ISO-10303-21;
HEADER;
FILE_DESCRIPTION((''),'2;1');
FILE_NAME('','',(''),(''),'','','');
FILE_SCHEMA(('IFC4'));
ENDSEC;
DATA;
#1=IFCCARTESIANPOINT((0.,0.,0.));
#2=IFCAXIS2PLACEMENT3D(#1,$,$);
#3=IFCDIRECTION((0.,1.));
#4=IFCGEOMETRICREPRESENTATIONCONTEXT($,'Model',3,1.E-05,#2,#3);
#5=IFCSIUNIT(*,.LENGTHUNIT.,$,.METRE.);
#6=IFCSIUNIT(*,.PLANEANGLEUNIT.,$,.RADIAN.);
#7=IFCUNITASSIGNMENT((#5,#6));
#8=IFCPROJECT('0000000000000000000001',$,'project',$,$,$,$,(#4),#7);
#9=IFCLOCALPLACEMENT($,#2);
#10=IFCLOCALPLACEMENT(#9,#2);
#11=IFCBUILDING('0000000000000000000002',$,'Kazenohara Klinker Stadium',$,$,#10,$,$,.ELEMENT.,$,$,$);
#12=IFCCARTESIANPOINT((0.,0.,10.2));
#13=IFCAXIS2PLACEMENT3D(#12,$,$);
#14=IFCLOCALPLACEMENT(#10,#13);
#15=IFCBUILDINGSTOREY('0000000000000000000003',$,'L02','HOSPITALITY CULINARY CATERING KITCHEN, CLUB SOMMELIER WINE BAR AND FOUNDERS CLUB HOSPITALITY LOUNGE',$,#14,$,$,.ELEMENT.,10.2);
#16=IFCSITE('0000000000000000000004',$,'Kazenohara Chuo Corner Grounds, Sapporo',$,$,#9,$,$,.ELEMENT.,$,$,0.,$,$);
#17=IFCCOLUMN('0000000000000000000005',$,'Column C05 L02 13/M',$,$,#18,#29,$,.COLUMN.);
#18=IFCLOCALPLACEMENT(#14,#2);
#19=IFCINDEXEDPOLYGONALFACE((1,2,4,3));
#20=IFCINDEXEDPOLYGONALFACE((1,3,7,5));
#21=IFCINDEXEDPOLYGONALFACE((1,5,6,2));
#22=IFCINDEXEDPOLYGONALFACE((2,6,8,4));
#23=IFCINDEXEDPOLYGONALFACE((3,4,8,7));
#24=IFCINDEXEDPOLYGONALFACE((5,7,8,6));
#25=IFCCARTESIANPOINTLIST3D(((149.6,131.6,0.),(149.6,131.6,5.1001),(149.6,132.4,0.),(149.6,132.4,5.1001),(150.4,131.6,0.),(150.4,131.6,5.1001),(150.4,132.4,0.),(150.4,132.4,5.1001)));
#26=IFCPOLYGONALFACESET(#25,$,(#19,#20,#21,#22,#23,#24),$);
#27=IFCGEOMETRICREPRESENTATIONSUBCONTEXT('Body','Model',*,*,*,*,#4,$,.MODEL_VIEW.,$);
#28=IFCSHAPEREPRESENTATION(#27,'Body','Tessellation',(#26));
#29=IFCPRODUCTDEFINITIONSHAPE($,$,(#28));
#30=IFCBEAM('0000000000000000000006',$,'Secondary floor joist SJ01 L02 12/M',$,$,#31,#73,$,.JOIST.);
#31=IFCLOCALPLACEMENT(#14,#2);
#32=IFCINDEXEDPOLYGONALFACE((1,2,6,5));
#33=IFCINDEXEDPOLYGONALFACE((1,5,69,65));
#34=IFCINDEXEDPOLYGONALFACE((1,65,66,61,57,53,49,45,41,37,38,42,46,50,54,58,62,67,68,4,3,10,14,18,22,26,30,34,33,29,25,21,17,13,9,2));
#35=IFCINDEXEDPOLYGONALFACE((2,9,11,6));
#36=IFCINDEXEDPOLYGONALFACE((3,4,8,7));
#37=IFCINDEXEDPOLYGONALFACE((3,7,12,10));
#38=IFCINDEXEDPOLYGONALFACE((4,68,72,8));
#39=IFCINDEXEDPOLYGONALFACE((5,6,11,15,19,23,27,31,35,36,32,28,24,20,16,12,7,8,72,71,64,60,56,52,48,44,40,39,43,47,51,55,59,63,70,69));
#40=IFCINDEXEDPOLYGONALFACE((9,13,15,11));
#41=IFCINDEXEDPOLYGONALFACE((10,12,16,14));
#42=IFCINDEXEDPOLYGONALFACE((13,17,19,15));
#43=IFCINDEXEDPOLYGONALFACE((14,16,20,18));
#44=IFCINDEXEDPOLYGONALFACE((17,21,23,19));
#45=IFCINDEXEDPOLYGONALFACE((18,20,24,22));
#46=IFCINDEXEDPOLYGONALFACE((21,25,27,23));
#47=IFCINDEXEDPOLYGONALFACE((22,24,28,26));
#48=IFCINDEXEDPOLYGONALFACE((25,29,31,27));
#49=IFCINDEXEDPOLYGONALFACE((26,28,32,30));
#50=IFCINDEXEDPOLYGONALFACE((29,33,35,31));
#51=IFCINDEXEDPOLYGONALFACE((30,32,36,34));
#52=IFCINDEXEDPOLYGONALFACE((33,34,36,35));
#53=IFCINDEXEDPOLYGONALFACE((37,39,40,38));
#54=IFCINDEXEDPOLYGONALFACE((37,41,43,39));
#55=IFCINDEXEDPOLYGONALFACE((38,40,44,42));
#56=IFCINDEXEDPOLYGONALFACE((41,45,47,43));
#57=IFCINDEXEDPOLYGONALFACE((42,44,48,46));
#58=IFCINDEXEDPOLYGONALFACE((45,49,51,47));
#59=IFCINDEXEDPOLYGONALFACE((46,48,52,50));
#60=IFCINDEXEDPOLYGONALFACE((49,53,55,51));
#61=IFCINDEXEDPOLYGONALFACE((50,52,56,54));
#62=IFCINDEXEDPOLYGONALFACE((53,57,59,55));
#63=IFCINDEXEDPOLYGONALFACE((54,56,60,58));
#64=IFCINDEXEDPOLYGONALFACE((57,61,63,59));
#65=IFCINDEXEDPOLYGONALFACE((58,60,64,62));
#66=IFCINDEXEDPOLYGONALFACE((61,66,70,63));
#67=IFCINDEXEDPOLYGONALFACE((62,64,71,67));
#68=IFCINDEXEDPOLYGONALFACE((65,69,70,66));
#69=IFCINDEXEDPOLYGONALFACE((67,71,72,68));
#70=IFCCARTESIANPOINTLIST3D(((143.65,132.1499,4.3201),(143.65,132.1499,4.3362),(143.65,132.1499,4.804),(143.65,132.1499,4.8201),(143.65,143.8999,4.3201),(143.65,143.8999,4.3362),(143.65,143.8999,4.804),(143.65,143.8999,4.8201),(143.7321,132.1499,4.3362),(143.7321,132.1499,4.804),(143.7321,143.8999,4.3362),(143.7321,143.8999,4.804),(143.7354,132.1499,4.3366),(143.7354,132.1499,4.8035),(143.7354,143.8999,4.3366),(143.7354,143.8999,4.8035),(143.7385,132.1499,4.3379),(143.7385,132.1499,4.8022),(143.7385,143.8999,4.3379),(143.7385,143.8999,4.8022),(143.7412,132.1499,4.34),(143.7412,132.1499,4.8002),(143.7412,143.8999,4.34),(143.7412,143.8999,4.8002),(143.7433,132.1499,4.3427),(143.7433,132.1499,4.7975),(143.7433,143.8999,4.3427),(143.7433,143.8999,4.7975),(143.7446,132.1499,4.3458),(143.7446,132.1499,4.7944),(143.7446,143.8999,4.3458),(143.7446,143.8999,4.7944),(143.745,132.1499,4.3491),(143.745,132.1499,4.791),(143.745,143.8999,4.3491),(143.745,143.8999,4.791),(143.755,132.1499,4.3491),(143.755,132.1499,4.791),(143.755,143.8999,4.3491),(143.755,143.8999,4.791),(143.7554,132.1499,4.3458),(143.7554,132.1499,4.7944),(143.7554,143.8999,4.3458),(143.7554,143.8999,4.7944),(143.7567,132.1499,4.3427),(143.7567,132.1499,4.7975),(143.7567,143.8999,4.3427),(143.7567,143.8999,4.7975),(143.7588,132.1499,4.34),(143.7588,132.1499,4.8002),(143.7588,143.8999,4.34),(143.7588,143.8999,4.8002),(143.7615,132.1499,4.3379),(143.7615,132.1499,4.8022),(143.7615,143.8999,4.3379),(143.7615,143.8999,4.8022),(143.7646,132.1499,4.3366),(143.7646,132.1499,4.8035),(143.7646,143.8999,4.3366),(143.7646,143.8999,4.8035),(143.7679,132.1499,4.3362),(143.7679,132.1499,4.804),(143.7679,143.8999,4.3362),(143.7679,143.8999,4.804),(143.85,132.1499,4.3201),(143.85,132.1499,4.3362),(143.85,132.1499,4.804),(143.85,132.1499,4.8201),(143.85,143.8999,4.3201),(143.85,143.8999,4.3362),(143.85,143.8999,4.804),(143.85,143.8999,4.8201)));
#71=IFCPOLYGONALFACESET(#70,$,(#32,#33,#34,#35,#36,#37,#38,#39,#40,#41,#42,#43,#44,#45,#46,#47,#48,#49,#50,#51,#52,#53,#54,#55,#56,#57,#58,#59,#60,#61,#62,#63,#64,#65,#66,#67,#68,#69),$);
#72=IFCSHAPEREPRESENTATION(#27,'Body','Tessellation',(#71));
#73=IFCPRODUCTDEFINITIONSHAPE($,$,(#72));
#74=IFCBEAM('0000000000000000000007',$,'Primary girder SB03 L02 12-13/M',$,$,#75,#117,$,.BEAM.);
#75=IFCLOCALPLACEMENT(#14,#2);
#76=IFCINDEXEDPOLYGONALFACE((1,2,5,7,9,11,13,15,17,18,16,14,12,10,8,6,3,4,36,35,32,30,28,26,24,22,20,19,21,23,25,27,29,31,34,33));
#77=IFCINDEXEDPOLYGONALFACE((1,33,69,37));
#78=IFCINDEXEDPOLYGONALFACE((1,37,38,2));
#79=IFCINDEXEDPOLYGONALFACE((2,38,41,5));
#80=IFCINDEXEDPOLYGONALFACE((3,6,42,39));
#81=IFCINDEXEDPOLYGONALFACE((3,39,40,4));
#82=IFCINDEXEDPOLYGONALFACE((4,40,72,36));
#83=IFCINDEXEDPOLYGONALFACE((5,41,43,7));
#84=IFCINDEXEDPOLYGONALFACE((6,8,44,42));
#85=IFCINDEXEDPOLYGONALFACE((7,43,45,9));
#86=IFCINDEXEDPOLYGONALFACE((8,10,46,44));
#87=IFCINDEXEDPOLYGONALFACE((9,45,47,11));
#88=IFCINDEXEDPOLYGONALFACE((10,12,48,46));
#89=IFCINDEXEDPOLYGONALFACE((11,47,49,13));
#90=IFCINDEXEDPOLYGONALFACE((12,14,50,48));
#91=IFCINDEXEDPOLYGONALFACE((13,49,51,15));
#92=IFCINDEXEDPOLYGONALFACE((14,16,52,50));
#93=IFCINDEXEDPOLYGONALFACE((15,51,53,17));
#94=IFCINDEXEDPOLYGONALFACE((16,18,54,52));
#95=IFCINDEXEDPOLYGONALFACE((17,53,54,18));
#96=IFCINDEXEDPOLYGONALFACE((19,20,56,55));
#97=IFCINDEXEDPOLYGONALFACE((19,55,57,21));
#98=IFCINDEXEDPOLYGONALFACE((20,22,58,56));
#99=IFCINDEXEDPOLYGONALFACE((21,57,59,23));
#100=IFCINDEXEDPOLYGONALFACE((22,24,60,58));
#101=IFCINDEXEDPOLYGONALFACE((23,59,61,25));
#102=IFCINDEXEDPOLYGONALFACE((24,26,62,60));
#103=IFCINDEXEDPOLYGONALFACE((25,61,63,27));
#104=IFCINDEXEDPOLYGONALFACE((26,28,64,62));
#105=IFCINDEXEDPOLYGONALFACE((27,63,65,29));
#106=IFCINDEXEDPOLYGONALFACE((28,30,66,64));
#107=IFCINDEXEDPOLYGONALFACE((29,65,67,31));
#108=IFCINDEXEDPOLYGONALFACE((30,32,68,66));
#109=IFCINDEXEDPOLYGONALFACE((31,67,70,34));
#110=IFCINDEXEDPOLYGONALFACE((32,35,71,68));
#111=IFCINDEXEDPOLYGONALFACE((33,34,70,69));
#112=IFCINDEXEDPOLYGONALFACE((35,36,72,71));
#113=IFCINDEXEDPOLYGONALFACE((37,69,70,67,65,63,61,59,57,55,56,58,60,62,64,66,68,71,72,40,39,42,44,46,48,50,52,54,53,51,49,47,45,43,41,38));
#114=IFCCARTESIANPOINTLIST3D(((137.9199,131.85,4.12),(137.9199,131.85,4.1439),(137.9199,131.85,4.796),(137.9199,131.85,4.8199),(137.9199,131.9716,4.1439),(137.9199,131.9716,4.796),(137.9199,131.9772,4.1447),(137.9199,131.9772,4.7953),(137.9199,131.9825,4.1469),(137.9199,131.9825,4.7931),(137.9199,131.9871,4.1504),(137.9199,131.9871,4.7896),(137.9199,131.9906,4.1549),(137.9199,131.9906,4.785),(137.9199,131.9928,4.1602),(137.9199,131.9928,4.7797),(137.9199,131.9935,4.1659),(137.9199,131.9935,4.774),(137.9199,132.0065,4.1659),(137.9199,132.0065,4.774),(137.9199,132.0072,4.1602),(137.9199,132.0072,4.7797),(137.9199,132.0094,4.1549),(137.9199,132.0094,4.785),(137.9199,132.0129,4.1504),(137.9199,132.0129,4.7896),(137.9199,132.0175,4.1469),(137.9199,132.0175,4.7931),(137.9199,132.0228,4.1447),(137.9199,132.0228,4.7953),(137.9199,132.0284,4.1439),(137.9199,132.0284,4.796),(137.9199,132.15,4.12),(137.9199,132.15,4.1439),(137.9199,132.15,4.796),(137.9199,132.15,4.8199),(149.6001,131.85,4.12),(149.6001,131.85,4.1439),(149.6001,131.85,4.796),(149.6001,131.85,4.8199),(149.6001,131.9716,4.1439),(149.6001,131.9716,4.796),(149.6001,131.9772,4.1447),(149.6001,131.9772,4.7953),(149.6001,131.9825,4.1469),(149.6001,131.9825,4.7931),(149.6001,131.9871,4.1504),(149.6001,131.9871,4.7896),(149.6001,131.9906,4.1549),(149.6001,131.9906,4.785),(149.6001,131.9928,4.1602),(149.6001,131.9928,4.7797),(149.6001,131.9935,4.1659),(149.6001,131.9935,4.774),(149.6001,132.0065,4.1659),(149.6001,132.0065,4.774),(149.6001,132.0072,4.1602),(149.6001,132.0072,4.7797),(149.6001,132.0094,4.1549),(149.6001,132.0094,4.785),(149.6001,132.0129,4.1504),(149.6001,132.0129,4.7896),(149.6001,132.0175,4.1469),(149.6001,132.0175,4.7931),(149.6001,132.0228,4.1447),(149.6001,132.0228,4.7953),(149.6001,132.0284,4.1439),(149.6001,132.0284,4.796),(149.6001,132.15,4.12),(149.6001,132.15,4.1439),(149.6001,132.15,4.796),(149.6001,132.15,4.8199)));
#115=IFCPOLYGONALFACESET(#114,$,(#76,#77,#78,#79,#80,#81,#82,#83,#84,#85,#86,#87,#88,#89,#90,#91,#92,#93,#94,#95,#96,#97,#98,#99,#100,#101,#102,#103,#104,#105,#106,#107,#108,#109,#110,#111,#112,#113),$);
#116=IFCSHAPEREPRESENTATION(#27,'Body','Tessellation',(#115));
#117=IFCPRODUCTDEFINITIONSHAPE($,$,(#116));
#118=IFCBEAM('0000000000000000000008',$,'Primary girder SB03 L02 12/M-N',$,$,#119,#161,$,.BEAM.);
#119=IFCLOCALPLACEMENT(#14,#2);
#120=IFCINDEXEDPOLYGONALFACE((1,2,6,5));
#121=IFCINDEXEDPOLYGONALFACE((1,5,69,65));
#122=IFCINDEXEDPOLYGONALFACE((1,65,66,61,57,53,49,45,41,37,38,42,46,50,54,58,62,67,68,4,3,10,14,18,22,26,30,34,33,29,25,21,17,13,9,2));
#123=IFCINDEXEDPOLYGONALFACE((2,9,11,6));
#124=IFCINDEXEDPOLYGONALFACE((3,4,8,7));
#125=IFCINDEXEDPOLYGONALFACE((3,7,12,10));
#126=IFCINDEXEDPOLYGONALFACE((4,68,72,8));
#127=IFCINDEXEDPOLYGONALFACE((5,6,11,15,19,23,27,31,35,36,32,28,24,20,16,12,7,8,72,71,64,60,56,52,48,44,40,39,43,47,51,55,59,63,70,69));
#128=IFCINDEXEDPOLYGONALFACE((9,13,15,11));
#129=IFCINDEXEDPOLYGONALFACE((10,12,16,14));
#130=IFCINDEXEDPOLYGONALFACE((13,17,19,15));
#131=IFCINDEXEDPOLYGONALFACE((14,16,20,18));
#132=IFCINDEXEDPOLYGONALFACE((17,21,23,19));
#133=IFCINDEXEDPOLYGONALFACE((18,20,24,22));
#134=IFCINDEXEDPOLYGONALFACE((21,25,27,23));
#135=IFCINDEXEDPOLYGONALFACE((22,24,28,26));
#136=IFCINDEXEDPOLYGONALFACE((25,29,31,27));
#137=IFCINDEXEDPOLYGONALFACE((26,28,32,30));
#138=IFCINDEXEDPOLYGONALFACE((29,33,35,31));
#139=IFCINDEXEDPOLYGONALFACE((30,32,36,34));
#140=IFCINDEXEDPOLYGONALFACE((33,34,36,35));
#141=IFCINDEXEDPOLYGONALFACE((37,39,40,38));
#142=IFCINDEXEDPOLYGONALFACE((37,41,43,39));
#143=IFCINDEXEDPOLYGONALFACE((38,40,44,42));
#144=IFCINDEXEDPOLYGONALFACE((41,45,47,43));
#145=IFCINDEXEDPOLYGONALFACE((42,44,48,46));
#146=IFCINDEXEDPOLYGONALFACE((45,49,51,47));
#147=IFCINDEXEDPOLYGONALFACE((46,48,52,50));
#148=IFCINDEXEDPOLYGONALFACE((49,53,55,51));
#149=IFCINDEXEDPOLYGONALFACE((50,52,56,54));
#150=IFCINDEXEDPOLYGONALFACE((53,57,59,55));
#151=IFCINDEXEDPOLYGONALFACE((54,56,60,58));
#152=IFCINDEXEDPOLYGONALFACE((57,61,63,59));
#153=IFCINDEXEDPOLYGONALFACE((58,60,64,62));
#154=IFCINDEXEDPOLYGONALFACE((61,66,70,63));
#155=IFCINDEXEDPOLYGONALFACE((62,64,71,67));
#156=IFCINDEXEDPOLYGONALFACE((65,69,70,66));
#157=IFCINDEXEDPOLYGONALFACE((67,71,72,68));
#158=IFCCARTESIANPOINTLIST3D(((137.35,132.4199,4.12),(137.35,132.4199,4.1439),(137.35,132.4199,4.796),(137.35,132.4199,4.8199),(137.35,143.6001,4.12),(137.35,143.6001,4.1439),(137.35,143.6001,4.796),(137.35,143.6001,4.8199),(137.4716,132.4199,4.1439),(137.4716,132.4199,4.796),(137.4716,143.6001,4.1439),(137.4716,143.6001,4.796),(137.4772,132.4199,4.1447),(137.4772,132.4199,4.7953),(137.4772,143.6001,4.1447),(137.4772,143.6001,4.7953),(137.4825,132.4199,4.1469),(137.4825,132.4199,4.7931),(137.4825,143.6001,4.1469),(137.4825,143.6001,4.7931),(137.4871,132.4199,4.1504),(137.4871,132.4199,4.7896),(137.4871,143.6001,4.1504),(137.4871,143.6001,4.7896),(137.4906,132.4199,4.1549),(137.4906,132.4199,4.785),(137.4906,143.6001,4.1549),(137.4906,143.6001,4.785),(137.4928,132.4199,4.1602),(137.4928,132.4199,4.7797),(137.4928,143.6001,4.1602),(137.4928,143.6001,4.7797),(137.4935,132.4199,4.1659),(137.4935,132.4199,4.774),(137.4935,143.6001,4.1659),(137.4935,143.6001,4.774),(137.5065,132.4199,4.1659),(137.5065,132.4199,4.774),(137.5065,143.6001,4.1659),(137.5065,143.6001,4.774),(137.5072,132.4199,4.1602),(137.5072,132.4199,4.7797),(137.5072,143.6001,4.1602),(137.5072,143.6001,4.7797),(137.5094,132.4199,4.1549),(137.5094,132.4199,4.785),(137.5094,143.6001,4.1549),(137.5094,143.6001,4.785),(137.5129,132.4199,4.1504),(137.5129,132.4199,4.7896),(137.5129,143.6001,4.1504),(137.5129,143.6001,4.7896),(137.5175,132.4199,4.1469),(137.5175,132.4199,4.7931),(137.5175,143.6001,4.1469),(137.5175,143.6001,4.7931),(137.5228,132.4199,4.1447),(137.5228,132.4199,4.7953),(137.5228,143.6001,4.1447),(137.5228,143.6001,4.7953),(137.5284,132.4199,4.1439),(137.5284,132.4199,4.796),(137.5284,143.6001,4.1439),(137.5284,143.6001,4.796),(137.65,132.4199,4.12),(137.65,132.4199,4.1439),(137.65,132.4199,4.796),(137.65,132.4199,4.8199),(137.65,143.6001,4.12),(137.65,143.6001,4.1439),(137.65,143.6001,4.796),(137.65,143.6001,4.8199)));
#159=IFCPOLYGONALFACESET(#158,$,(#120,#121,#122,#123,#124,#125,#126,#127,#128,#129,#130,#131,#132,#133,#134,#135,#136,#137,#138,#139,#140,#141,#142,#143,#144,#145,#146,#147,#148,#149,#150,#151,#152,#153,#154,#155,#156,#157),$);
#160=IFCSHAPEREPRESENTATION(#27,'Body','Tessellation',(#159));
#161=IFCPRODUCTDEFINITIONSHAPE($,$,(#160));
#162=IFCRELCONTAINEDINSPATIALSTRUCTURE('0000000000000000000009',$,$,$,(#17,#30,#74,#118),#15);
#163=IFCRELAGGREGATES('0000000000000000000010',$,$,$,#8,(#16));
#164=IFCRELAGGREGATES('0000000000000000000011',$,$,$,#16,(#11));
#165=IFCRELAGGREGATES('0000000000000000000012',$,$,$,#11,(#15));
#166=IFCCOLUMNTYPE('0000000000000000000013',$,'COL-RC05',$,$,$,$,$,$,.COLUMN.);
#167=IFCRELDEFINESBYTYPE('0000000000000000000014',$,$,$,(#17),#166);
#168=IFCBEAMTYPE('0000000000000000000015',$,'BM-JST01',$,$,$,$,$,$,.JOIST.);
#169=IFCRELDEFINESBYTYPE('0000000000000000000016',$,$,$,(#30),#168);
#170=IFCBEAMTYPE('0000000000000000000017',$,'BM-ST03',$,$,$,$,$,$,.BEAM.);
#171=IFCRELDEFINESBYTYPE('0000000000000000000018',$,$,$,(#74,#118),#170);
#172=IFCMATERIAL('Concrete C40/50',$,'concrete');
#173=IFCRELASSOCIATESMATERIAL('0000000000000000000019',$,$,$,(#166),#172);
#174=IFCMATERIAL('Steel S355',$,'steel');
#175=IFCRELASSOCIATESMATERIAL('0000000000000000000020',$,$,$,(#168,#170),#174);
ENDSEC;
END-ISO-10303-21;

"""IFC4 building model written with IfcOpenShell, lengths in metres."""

from ifc_helpers import new_model, si_unit, direction, frame, origin, origin_2d, place, context, subcontext, project, spatial, rectangle, i_section, extrude, material, material_profile, profile_set, type_object, element, save


model = new_model("IFC4")

# Units and contexts
model_context = context("Model", 3, precision=1e-05, world=origin(), true_north=direction((0.0, 1.0)))
body_context = subcontext(model_context, "Body", "Model", "MODEL_VIEW")
ifc_project = project(units=[si_unit("LENGTHUNIT", "METRE"), si_unit("PLANEANGLEUNIT", "RADIAN")], contexts=[model_context])

# Site, building, storey
site_placement = place(None, origin())
site = spatial("IfcSite", under=ifc_project, at=site_placement, Name="Kazenohara Chuo Corner Grounds, Sapporo", CompositionType="ELEMENT", RefElevation=0.0)
building_placement = place(site_placement, origin())
building = spatial("IfcBuilding", under=site, at=building_placement, Name="Kazenohara Klinker Stadium", CompositionType="ELEMENT")
storey_placement = place(building_placement, frame((0.0, 0.0, 10.2)))
storey = spatial("IfcBuildingStorey", under=building, at=storey_placement, Name="L02", Description="HOSPITALITY CULINARY CATERING KITCHEN, CLUB SOMMELIER WINE BAR AND FOUNDERS CLUB HOSPITALITY LOUNGE", CompositionType="ELEMENT", Elevation=10.2)

# Column
ifc_material_1 = material(Name="Concrete C40/50", Category="concrete")
ifc_material_profile_1 = material_profile(ifc_material_1, rectangle(XDim=0.8, YDim=0.8, at=origin_2d()), Name="RC-COL-800x800")
ifc_profile_set_1 = profile_set([ifc_material_profile_1], Name="Concrete C40/50")
column_type = type_object("IfcColumnType", Name="COL-RC05", PredefinedType="COLUMN", material=ifc_profile_set_1)
column_placement = place(storey_placement, frame((150.0, 132.0, 0.0), z_axis=(0.0, 0.0, 1.0), x_axis=(1.0, 0.0, 0.0)))
element("IfcColumn", 1, at=column_placement, inside=storey, type_object=column_type, Name="Column C05 L02 13/M", PredefinedType="COLUMN", context=body_context, shape_type="SweptSolid", body=[
    extrude(rectangle(XDim=0.8, YDim=0.8, at=origin_2d()), origin(), (0.0, 0.0, 1.0), 5.1001),
])

# Beams
ifc_material_2 = material(Name="Steel S355", Category="steel")
ifc_material_profile_2 = material_profile(ifc_material_2, i_section(OverallWidth=0.2, OverallDepth=0.5, WebThickness=0.01, FlangeThickness=0.0161, FilletRadius=0.0129, at=origin_2d()), Name="H-500x200x10x16")
ifc_profile_set_2 = profile_set([ifc_material_profile_2], Name="Steel S355")
beam_type_1 = type_object("IfcBeamType", Name="BM-JST01", PredefinedType="JOIST", material=ifc_profile_set_2)
beam_1_placement = place(storey_placement, frame((143.75, 132.1499, 4.5701), z_axis=(0.0, 1.0, 0.0), x_axis=(-1.0, 0.0, 0.0)))
element("IfcBeam", 2, at=beam_1_placement, inside=storey, type_object=beam_type_1, Name="Secondary floor joist SJ01 L02 12/M", PredefinedType="JOIST", context=body_context, shape_type="SweptSolid", body=[
    extrude(i_section(OverallWidth=0.2, OverallDepth=0.5, WebThickness=0.01, FlangeThickness=0.0161, FilletRadius=0.0129, at=origin_2d()), origin(), (0.0, 0.0, 1.0), 11.75),
])
ifc_material_profile_3 = material_profile(ifc_material_2, i_section(OverallWidth=0.3, OverallDepth=0.7, WebThickness=0.0129, FlangeThickness=0.0239, FilletRadius=0.022, at=origin_2d()), Name="H-700x300x13x24")
ifc_profile_set_3 = profile_set([ifc_material_profile_3], Name="Steel S355")
beam_type_2 = type_object("IfcBeamType", Name="BM-ST03", PredefinedType="BEAM", material=ifc_profile_set_3)
beam_2_placement = place(storey_placement, frame((137.9199, 132.0, 4.47), z_axis=(1.0, 0.0, 0.0), x_axis=(0.0, 1.0, 0.0)))
element("IfcBeam", 3, at=beam_2_placement, inside=storey, type_object=beam_type_2, Name="Primary girder SB03 L02 12-13/M", PredefinedType="BEAM", context=body_context, shape_type="SweptSolid", body=[
    extrude(i_section(OverallWidth=0.3, OverallDepth=0.7, WebThickness=0.0129, FlangeThickness=0.0239, FilletRadius=0.022, at=origin_2d()), origin(), (0.0, 0.0, 1.0), 11.6802),
])
beam_3_placement = place(storey_placement, frame((137.5, 132.4199, 4.47), z_axis=(0.0, 1.0, 0.0), x_axis=(-1.0, 0.0, 0.0)))
element("IfcBeam", 4, at=beam_3_placement, inside=storey, type_object=beam_type_2, Name="Primary girder SB03 L02 12/M-N", PredefinedType="BEAM", context=body_context, shape_type="SweptSolid", body=[
    extrude(i_section(OverallWidth=0.3, OverallDepth=0.7, WebThickness=0.0129, FlangeThickness=0.0239, FilletRadius=0.022, at=origin_2d()), origin(), (0.0, 0.0, 1.0), 11.1802),
])

save(model, "model.ifc")
